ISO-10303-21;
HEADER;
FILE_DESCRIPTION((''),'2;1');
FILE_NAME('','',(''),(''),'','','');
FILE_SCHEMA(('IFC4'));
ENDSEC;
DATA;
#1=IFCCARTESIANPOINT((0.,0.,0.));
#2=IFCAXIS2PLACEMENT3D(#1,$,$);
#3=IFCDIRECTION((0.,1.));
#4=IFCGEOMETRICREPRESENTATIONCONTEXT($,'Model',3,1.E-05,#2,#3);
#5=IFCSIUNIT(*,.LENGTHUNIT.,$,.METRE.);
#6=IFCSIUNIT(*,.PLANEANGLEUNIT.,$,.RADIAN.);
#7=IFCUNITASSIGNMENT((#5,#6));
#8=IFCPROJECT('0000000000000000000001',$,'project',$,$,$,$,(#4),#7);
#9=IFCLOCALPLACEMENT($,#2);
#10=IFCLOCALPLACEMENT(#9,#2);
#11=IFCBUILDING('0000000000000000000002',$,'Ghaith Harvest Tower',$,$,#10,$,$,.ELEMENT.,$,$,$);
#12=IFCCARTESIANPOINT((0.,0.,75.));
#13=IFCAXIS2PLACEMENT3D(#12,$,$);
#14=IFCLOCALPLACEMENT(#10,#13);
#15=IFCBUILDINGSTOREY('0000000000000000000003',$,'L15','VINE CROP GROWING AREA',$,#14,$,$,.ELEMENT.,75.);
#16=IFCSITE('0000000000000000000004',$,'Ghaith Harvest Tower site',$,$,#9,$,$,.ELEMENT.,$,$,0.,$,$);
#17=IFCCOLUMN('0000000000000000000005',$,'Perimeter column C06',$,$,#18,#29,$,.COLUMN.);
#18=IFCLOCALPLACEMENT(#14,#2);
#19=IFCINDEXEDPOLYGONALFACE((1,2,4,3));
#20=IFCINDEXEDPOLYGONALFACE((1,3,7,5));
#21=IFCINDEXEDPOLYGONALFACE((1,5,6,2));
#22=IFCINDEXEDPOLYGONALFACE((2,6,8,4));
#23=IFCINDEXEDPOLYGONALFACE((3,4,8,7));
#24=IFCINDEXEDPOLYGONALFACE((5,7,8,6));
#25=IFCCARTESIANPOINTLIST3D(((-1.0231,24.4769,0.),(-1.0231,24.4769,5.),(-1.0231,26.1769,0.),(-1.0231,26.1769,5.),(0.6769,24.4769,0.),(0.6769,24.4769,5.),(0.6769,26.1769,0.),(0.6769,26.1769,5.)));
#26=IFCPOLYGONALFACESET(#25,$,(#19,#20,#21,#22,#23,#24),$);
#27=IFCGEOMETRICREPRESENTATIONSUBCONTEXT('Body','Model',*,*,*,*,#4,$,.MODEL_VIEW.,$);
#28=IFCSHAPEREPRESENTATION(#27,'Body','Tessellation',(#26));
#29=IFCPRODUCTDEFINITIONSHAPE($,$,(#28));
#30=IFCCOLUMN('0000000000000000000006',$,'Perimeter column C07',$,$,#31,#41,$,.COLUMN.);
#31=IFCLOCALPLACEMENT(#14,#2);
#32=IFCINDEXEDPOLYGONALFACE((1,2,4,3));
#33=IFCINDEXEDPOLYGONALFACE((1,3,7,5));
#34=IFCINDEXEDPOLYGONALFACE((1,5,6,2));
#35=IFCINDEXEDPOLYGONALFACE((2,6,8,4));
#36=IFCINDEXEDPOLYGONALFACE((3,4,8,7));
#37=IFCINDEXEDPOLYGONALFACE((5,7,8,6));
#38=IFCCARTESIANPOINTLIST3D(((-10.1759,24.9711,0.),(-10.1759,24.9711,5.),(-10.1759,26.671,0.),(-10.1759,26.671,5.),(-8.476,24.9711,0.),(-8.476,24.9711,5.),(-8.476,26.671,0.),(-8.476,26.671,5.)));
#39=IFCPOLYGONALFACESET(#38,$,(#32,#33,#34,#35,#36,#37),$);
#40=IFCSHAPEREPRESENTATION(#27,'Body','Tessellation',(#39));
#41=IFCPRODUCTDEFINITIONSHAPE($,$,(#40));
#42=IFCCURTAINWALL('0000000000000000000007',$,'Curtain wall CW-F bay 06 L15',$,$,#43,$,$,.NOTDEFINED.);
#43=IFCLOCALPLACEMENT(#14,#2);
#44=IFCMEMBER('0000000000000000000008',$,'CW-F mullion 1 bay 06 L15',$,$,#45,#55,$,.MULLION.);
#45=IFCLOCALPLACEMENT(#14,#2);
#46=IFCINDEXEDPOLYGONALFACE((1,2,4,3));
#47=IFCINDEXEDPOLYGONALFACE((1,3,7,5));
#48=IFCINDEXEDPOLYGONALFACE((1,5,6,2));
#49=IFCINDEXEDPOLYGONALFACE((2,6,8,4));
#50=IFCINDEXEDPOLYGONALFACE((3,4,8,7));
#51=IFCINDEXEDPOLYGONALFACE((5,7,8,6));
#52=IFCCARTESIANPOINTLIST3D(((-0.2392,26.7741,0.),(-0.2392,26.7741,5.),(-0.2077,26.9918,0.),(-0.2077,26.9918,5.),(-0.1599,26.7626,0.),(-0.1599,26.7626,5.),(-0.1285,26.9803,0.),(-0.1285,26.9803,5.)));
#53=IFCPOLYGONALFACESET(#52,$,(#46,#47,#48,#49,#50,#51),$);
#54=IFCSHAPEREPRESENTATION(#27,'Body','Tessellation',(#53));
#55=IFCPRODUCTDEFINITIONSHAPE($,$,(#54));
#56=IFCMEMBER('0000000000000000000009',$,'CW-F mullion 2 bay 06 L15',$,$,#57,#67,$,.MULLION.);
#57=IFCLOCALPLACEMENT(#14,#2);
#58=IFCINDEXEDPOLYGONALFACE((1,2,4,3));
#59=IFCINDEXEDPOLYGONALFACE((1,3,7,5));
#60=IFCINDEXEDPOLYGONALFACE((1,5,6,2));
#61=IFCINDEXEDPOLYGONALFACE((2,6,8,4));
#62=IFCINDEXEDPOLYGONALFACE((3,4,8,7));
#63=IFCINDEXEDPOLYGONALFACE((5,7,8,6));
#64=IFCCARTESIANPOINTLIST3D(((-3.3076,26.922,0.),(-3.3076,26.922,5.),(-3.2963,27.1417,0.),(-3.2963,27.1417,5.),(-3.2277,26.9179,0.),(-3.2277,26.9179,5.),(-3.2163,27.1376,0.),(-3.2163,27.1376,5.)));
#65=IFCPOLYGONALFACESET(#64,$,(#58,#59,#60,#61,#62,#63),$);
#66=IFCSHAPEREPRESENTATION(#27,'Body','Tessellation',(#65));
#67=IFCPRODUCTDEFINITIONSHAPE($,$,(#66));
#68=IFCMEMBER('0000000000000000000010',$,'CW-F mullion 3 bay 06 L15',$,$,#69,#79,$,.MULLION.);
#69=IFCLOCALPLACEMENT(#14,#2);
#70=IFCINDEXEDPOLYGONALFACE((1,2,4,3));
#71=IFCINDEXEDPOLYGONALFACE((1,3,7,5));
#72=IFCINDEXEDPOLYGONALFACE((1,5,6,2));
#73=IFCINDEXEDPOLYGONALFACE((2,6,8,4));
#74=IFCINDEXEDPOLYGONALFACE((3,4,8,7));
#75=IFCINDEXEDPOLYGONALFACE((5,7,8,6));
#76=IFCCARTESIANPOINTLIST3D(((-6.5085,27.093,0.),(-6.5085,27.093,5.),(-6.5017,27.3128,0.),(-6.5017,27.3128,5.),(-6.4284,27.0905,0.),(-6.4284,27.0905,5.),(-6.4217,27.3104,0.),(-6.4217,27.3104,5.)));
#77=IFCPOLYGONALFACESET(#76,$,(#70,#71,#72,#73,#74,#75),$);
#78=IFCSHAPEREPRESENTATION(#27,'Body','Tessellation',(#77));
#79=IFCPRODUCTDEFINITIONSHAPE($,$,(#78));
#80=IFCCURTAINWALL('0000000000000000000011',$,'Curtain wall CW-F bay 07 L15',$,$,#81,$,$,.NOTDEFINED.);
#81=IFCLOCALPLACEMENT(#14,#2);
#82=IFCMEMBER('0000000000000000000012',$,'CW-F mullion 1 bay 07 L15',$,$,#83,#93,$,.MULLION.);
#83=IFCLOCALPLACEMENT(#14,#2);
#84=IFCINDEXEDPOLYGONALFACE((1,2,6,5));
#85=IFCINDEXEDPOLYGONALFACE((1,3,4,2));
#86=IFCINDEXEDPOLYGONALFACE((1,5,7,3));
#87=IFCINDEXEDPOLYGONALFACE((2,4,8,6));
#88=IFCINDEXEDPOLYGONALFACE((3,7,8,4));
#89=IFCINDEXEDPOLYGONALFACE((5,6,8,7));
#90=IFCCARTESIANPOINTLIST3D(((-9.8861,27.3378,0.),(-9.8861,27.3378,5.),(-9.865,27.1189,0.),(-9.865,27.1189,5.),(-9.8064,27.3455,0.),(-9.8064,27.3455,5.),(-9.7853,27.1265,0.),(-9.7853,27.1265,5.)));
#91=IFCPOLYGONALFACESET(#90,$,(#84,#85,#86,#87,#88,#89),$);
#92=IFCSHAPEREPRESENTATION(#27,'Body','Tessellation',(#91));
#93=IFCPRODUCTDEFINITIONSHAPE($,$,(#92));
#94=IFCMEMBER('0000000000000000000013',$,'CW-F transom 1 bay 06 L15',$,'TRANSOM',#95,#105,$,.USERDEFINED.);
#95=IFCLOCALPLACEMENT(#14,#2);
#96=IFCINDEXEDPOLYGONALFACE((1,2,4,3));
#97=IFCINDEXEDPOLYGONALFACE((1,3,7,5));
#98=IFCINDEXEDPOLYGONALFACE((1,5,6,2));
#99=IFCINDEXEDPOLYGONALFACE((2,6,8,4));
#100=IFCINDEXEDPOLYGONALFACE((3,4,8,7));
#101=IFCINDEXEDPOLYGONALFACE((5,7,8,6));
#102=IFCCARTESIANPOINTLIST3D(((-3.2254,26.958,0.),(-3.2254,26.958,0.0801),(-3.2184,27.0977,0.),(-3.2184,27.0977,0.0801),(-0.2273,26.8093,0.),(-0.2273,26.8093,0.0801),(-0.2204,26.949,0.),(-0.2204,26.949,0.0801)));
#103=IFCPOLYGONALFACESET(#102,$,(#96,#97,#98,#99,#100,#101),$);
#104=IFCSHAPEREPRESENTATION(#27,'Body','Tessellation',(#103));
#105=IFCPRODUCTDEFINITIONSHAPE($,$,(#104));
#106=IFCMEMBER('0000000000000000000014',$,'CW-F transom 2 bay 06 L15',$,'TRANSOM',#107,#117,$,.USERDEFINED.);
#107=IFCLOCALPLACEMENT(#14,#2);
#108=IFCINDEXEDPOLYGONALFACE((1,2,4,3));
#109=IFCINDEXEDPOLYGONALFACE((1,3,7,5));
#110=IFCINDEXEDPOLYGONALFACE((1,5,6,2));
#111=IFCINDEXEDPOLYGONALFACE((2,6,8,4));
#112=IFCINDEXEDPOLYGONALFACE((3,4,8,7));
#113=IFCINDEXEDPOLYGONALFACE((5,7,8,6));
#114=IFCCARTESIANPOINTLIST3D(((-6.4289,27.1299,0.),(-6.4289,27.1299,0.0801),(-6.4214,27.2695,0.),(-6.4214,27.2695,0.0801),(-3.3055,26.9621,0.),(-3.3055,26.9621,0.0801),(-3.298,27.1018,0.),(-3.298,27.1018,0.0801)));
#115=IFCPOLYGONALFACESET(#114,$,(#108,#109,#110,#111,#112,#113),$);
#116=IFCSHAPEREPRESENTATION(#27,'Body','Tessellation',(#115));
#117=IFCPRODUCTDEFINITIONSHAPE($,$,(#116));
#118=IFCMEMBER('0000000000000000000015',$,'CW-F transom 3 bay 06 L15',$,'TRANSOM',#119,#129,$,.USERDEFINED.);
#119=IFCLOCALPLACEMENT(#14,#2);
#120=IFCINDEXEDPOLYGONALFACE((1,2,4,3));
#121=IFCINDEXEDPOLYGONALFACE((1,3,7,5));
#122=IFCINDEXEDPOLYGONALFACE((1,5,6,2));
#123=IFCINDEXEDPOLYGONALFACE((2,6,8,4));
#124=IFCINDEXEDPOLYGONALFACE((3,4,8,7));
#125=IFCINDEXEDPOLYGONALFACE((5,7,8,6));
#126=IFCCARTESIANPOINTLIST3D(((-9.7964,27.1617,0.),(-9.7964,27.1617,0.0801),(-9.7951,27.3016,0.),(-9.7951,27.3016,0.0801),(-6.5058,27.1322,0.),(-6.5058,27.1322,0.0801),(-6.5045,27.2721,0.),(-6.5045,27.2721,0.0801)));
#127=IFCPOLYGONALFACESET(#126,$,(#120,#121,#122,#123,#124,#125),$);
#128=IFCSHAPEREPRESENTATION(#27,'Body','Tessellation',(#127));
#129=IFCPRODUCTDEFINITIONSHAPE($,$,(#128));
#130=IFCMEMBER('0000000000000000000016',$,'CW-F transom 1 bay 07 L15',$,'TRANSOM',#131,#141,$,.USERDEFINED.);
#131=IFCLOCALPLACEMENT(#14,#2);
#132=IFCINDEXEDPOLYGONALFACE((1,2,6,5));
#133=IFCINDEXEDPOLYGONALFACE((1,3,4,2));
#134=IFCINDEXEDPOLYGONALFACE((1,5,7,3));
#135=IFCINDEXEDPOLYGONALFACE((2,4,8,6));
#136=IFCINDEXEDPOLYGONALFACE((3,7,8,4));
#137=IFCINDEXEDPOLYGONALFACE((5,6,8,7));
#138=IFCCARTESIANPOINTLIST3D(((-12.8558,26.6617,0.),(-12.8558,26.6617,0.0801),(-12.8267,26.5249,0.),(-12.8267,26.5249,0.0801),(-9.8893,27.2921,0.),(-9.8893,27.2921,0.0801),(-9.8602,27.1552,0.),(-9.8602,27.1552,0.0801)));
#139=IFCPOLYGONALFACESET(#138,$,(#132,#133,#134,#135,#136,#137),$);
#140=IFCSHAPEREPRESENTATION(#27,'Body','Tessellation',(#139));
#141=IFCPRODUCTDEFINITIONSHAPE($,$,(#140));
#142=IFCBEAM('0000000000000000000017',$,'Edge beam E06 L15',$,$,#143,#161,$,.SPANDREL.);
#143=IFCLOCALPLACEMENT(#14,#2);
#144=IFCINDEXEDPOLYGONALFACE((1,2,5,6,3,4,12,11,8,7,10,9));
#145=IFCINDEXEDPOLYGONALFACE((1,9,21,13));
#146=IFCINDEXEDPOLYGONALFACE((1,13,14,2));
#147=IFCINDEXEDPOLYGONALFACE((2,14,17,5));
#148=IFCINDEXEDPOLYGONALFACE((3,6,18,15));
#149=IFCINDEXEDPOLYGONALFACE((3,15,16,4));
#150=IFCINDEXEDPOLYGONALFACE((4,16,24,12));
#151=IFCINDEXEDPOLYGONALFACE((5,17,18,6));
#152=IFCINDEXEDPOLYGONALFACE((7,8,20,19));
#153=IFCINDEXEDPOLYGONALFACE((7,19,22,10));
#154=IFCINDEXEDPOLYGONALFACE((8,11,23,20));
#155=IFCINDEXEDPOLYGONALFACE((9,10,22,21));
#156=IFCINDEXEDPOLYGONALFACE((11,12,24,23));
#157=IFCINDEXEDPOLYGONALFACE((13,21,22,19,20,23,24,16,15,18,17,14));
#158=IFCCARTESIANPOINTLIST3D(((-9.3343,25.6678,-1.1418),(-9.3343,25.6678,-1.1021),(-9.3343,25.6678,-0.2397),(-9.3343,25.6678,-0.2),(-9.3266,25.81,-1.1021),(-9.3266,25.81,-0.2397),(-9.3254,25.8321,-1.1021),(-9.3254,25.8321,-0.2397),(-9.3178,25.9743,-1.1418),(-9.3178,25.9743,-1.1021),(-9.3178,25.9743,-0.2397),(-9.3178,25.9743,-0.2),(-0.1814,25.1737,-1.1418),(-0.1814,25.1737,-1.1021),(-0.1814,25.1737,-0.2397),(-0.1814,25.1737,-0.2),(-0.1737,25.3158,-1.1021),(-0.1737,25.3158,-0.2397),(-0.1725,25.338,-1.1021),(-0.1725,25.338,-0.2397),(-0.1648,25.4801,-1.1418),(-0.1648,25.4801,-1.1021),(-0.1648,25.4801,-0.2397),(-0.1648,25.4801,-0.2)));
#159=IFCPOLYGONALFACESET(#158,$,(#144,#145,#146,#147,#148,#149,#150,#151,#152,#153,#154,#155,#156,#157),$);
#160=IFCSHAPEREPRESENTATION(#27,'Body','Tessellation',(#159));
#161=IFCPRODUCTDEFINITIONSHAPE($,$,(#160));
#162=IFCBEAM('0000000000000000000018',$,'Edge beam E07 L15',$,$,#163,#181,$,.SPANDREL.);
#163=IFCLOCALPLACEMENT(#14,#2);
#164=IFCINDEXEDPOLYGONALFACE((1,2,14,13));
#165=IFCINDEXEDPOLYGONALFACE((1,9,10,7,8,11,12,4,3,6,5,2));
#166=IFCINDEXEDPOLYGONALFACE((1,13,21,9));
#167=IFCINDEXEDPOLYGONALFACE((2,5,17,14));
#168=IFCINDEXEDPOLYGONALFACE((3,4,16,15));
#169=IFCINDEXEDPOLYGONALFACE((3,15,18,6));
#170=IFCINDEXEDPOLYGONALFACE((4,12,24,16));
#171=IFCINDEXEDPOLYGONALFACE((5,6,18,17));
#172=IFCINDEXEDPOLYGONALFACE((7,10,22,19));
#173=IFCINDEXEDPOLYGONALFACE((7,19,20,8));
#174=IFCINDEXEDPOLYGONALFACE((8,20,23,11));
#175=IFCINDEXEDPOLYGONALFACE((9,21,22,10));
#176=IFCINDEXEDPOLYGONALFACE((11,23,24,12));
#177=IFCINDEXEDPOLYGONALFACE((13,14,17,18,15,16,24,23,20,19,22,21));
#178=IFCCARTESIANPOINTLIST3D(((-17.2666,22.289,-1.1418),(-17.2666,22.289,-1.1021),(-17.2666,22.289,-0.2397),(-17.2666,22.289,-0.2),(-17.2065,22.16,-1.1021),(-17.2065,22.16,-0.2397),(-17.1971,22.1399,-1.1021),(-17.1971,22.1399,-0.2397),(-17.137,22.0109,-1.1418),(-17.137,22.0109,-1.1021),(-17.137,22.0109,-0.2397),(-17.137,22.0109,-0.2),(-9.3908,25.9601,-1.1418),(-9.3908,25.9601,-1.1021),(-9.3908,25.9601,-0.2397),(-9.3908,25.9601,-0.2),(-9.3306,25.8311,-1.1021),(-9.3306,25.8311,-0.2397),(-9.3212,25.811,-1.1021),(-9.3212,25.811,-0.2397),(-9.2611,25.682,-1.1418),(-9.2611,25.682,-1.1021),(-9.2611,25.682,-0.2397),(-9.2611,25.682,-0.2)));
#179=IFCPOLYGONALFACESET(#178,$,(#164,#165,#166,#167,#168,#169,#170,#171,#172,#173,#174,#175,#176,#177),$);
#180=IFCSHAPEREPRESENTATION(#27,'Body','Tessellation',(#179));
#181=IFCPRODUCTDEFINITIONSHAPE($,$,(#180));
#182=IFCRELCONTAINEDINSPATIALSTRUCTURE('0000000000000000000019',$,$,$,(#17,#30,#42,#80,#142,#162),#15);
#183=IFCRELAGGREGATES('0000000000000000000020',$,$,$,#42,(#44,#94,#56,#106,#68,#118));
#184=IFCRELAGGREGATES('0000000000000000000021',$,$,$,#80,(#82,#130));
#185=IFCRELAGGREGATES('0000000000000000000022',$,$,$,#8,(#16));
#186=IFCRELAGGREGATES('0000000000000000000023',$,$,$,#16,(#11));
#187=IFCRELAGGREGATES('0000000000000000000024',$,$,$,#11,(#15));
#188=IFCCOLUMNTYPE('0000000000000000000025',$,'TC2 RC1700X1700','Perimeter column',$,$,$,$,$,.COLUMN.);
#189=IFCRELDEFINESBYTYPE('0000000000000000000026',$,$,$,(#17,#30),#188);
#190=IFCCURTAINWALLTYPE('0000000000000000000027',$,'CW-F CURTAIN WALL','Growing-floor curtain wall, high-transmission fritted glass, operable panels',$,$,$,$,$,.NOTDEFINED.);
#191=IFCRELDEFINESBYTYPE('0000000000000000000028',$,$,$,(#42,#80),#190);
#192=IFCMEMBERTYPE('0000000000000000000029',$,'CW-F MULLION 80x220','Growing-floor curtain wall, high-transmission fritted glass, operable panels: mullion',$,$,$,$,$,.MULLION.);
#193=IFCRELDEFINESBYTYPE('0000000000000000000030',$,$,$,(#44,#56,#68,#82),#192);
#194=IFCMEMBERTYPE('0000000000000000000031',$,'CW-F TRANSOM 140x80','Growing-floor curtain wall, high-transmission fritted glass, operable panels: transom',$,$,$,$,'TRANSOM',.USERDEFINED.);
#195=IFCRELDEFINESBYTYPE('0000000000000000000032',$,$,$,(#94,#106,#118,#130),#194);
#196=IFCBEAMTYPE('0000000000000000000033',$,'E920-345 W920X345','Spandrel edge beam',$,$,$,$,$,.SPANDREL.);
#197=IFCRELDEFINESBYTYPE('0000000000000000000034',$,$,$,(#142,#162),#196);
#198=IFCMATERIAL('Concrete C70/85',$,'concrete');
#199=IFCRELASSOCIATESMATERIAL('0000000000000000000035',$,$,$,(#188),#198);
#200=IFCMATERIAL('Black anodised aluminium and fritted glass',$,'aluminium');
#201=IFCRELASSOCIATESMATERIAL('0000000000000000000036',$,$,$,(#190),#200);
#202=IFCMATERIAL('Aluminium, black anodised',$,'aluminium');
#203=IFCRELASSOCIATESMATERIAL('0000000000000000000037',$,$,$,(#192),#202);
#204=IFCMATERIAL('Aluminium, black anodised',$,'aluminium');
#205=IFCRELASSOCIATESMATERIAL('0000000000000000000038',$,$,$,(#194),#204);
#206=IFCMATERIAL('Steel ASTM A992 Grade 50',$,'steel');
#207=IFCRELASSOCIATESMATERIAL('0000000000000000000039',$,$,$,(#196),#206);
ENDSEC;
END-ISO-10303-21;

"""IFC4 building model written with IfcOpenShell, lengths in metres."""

from ifc_helpers import new_model, si_unit, direction, frame, origin, origin_2d, place, context, subcontext, project, spatial, rectangle, i_section, extrude, material, material_profile, profile_set, type_object, element, aggregate, save


model = new_model("IFC4")

# Units and contexts
model_context = context("Model", 3, precision=1e-05, world=origin(), true_north=direction((0.0, 1.0)))
body_context = subcontext(model_context, "Body", "Model", "MODEL_VIEW")
ifc_project = project(units=[si_unit("LENGTHUNIT", "METRE"), si_unit("PLANEANGLEUNIT", "RADIAN")], contexts=[model_context])

# Site, building, storey
site_placement = place(None, origin())
site = spatial("IfcSite", under=ifc_project, at=site_placement, Name="Ghaith Harvest Tower site", CompositionType="ELEMENT", RefElevation=0.0)
building_placement = place(site_placement, origin())
building = spatial("IfcBuilding", under=site, at=building_placement, Name="Ghaith Harvest Tower", CompositionType="ELEMENT")
storey_placement = place(building_placement, frame((0.0, 0.0, 75.0)))
storey = spatial("IfcBuildingStorey", under=building, at=storey_placement, Name="L15", Description="VINE CROP GROWING AREA", CompositionType="ELEMENT", Elevation=75.0)

# Columns
ifc_material_1 = material(Name="Concrete C70/85", Category="concrete")
ifc_material_profile_1 = material_profile(ifc_material_1, rectangle(XDim=1.7, YDim=1.7, at=origin_2d()), Name="RC1700X1700")
ifc_profile_set_1 = profile_set([ifc_material_profile_1], Name="Concrete C70/85")
column_type = type_object("IfcColumnType", Name="TC2 RC1700X1700", Description="Perimeter column", PredefinedType="COLUMN", material=ifc_profile_set_1)
for number, where, z_axis, x_axis, name in (
    (1, (-0.1731, 25.3269, 0.0), (0.0, 0.0, 1.0), (1.0, 0.0, 0.0), "Perimeter column C06"),
    (2, (-9.3259, 25.821, 0.0), (0.0, 0.0, 1.0), (1.0, 0.0, 0.0), "Perimeter column C07"),
):
    element("IfcColumn", number, at=place(storey_placement, frame(where, z_axis=z_axis, x_axis=x_axis)), inside=storey, type_object=column_type, Name=name, PredefinedType="COLUMN", context=body_context, shape_type="SweptSolid", body=[
        extrude(rectangle(XDim=1.7, YDim=1.7, at=origin_2d()), origin(), (0.0, 0.0, 1.0), 5.0),
    ])

# Curtain wall, members
ifc_material_2 = material(Name="Black anodised aluminium and fritted glass", Category="aluminium")
curtain_wall_type = type_object("IfcCurtainWallType", Name="CW-F CURTAIN WALL", Description="Growing-floor curtain wall, high-transmission fritted glass, operable panels", PredefinedType="NOTDEFINED", material=ifc_material_2)
curtain_wall_1_placement = place(storey_placement, origin())
curtain_wall_1 = element("IfcCurtainWall", 3, at=curtain_wall_1_placement, inside=storey, type_object=curtain_wall_type, Name="Curtain wall CW-F bay 06 L15", PredefinedType="NOTDEFINED")
ifc_material_3 = material(Name="Aluminium, black anodised", Category="aluminium")
ifc_material_profile_2 = material_profile(ifc_material_3, rectangle(XDim=0.0801, YDim=0.22, at=origin_2d()), Name="CW-F MULLION 80x220")
ifc_profile_set_2 = profile_set([ifc_material_profile_2], Name="Aluminium, black anodised")
member_type_1 = type_object("IfcMemberType", Name="CW-F MULLION 80x220", Description="Growing-floor curtain wall, high-transmission fritted glass, operable panels: mullion", PredefinedType="MULLION", material=ifc_profile_set_2)
member_1_placement = place(storey_placement, frame((-0.1838, 26.8772, 0.0), z_axis=(0.0, 0.0, 1.0), x_axis=(-0.989712, 0.143075, 0.0)))
member_1 = element("IfcMember", 4, at=member_1_placement, type_object=member_type_1, Name="CW-F mullion 1 bay 06 L15", PredefinedType="MULLION", context=body_context, shape_type="SweptSolid", body=[
    extrude(rectangle(XDim=0.0801, YDim=0.22, at=origin_2d()), origin(), (0.0, 0.0, 1.0), 5.0),
])
member_2_placement = place(storey_placement, frame((-3.262, 27.0298, 0.0), z_axis=(0.0, 0.0, 1.0), x_axis=(-0.998667, 0.051618, 0.0)))
member_2 = element("IfcMember", 5, at=member_2_placement, type_object=member_type_1, Name="CW-F mullion 2 bay 06 L15", PredefinedType="MULLION", context=body_context, shape_type="SweptSolid", body=[
    extrude(rectangle(XDim=0.0801, YDim=0.22, at=origin_2d()), origin(), (0.0, 0.0, 1.0), 5.0),
])
member_3_placement = place(storey_placement, frame((-6.4651, 27.2017, 0.0), z_axis=(0.0, 0.0, 1.0), x_axis=(-0.999527, 0.03075, 0.0)))
member_3 = element("IfcMember", 6, at=member_3_placement, type_object=member_type_1, Name="CW-F mullion 3 bay 06 L15", PredefinedType="MULLION", context=body_context, shape_type="SweptSolid", body=[
    extrude(rectangle(XDim=0.0801, YDim=0.22, at=origin_2d()), origin(), (0.0, 0.0, 1.0), 5.0),
])

# Curtain wall, member
curtain_wall_2_placement = place(storey_placement, origin())
curtain_wall_2 = element("IfcCurtainWall", 7, at=curtain_wall_2_placement, inside=storey, type_object=curtain_wall_type, Name="Curtain wall CW-F bay 07 L15", PredefinedType="NOTDEFINED")
member_4_placement = place(storey_placement, frame((-9.8357, 27.2322, 0.0), z_axis=(0.0, 0.0, 1.0), x_axis=(-0.995408, -0.095718, 0.0)))
member_4 = element("IfcMember", 8, at=member_4_placement, type_object=member_type_1, Name="CW-F mullion 1 bay 07 L15", PredefinedType="MULLION", context=body_context, shape_type="SweptSolid", body=[
    extrude(rectangle(XDim=0.0801, YDim=0.22, at=origin_2d()), origin(), (0.0, 0.0, 1.0), 5.0),
])

# Members
ifc_material_4 = material(Name="Aluminium, black anodised", Category="aluminium")
ifc_material_profile_3 = material_profile(ifc_material_4, rectangle(XDim=0.1399, YDim=0.0801, at=origin_2d()), Name="CW-F TRANSOM 140x80")
ifc_profile_set_3 = profile_set([ifc_material_profile_3], Name="Aluminium, black anodised")
member_type_2 = type_object("IfcMemberType", Name="CW-F TRANSOM 140x80", Description="Growing-floor curtain wall, high-transmission fritted glass, operable panels: transom", ElementType="TRANSOM", PredefinedType="USERDEFINED", material=ifc_profile_set_3)
member_5_placement = place(storey_placement, frame((-0.2239, 26.8792, 0.04), z_axis=(-0.998773, 0.049532, 0.0), x_axis=(-0.049532, -0.998773, 0.0)))
member_5 = element("IfcMember", 9, at=member_5_placement, type_object=member_type_2, Name="CW-F transom 1 bay 06 L15", ObjectType="TRANSOM", PredefinedType="USERDEFINED", context=body_context, shape_type="SweptSolid", body=[
    extrude(rectangle(XDim=0.1399, YDim=0.0801, at=origin_2d()), origin(), (0.0, 0.0, 1.0), 3.0017),
])
member_6_placement = place(storey_placement, frame((-3.3018, 27.032, 0.04), z_axis=(-0.998561, 0.05362, 0.0), x_axis=(-0.05362, -0.998561, 0.0)))
member_6 = element("IfcMember", 10, at=member_6_placement, type_object=member_type_2, Name="CW-F transom 2 bay 06 L15", ObjectType="TRANSOM", PredefinedType="USERDEFINED", context=body_context, shape_type="SweptSolid", body=[
    extrude(rectangle(XDim=0.1399, YDim=0.0801, at=origin_2d()), origin(), (0.0, 0.0, 1.0), 3.1279),
])
member_7_placement = place(storey_placement, frame((-6.5051, 27.2021, 0.04), z_axis=(-0.99996, 0.008977, 0.0), x_axis=(-0.008977, -0.99996, 0.0)))
member_7 = element("IfcMember", 11, at=member_7_placement, type_object=member_type_2, Name="CW-F transom 3 bay 06 L15", ObjectType="TRANSOM", PredefinedType="USERDEFINED", context=body_context, shape_type="SweptSolid", body=[
    extrude(rectangle(XDim=0.1399, YDim=0.0801, at=origin_2d()), origin(), (0.0, 0.0, 1.0), 3.2908),
])
member_8_placement = place(storey_placement, frame((-9.8748, 27.2236, 0.04), z_axis=(-0.97816, -0.207852, 0.0), x_axis=(0.207852, -0.97816, 0.0)))
member_8 = element("IfcMember", 12, at=member_8_placement, type_object=member_type_2, Name="CW-F transom 1 bay 07 L15", ObjectType="TRANSOM", PredefinedType="USERDEFINED", context=body_context, shape_type="SweptSolid", body=[
    extrude(rectangle(XDim=0.1399, YDim=0.0801, at=origin_2d()), origin(), (0.0, 0.0, 1.0), 3.0327),
])

# Beams
ifc_material_5 = material(Name="Steel ASTM A992 Grade 50", Category="steel")
ifc_material_profile_4 = material_profile(ifc_material_5, i_section(OverallWidth=0.3069, OverallDepth=0.9419, WebThickness=0.0222, FlangeThickness=0.0398, at=origin_2d()), Name="W920X345")
ifc_profile_set_4 = profile_set([ifc_material_profile_4], Name="Steel ASTM A992 Grade 50")
beam_type_1 = type_object("IfcBeamType", Name="E920-345 W920X345", Description="Spandrel edge beam", PredefinedType="SPANDREL", material=ifc_profile_set_4)
beam_1_placement = place(storey_placement, frame((-0.1731, 25.3269, -0.6709), z_axis=(-0.998546, 0.053909, 0.0), x_axis=(-0.053909, -0.998546, 0.0)))
element("IfcBeam", 13, at=beam_1_placement, inside=storey, type_object=beam_type_1, Name="Edge beam E06 L15", PredefinedType="SPANDREL", context=body_context, shape_type="SweptSolid", body=[
    extrude(i_section(OverallWidth=0.3069, OverallDepth=0.9419, WebThickness=0.0222, FlangeThickness=0.0398, at=origin_2d()), origin(), (0.0, 0.0, 1.0), 9.1663),
])
beam_2_placement = place(storey_placement, frame((-9.3259, 25.821, -0.6709), z_axis=(-0.906373, -0.422478, 0.0), x_axis=(0.422478, -0.906373, 0.0)))
element("IfcBeam", 14, at=beam_2_placement, inside=storey, type_object=beam_type_1, Name="Edge beam E07 L15", PredefinedType="SPANDREL", context=body_context, shape_type="SweptSolid", body=[
    extrude(i_section(OverallWidth=0.3069, OverallDepth=0.9419, WebThickness=0.0222, FlangeThickness=0.0398, at=origin_2d()), origin(), (0.0, 0.0, 1.0), 8.6895),
])

aggregate(curtain_wall_1, [member_1, member_5, member_2, member_6, member_3, member_7])
aggregate(curtain_wall_2, [member_4, member_8])

save(model, "model.ifc")
